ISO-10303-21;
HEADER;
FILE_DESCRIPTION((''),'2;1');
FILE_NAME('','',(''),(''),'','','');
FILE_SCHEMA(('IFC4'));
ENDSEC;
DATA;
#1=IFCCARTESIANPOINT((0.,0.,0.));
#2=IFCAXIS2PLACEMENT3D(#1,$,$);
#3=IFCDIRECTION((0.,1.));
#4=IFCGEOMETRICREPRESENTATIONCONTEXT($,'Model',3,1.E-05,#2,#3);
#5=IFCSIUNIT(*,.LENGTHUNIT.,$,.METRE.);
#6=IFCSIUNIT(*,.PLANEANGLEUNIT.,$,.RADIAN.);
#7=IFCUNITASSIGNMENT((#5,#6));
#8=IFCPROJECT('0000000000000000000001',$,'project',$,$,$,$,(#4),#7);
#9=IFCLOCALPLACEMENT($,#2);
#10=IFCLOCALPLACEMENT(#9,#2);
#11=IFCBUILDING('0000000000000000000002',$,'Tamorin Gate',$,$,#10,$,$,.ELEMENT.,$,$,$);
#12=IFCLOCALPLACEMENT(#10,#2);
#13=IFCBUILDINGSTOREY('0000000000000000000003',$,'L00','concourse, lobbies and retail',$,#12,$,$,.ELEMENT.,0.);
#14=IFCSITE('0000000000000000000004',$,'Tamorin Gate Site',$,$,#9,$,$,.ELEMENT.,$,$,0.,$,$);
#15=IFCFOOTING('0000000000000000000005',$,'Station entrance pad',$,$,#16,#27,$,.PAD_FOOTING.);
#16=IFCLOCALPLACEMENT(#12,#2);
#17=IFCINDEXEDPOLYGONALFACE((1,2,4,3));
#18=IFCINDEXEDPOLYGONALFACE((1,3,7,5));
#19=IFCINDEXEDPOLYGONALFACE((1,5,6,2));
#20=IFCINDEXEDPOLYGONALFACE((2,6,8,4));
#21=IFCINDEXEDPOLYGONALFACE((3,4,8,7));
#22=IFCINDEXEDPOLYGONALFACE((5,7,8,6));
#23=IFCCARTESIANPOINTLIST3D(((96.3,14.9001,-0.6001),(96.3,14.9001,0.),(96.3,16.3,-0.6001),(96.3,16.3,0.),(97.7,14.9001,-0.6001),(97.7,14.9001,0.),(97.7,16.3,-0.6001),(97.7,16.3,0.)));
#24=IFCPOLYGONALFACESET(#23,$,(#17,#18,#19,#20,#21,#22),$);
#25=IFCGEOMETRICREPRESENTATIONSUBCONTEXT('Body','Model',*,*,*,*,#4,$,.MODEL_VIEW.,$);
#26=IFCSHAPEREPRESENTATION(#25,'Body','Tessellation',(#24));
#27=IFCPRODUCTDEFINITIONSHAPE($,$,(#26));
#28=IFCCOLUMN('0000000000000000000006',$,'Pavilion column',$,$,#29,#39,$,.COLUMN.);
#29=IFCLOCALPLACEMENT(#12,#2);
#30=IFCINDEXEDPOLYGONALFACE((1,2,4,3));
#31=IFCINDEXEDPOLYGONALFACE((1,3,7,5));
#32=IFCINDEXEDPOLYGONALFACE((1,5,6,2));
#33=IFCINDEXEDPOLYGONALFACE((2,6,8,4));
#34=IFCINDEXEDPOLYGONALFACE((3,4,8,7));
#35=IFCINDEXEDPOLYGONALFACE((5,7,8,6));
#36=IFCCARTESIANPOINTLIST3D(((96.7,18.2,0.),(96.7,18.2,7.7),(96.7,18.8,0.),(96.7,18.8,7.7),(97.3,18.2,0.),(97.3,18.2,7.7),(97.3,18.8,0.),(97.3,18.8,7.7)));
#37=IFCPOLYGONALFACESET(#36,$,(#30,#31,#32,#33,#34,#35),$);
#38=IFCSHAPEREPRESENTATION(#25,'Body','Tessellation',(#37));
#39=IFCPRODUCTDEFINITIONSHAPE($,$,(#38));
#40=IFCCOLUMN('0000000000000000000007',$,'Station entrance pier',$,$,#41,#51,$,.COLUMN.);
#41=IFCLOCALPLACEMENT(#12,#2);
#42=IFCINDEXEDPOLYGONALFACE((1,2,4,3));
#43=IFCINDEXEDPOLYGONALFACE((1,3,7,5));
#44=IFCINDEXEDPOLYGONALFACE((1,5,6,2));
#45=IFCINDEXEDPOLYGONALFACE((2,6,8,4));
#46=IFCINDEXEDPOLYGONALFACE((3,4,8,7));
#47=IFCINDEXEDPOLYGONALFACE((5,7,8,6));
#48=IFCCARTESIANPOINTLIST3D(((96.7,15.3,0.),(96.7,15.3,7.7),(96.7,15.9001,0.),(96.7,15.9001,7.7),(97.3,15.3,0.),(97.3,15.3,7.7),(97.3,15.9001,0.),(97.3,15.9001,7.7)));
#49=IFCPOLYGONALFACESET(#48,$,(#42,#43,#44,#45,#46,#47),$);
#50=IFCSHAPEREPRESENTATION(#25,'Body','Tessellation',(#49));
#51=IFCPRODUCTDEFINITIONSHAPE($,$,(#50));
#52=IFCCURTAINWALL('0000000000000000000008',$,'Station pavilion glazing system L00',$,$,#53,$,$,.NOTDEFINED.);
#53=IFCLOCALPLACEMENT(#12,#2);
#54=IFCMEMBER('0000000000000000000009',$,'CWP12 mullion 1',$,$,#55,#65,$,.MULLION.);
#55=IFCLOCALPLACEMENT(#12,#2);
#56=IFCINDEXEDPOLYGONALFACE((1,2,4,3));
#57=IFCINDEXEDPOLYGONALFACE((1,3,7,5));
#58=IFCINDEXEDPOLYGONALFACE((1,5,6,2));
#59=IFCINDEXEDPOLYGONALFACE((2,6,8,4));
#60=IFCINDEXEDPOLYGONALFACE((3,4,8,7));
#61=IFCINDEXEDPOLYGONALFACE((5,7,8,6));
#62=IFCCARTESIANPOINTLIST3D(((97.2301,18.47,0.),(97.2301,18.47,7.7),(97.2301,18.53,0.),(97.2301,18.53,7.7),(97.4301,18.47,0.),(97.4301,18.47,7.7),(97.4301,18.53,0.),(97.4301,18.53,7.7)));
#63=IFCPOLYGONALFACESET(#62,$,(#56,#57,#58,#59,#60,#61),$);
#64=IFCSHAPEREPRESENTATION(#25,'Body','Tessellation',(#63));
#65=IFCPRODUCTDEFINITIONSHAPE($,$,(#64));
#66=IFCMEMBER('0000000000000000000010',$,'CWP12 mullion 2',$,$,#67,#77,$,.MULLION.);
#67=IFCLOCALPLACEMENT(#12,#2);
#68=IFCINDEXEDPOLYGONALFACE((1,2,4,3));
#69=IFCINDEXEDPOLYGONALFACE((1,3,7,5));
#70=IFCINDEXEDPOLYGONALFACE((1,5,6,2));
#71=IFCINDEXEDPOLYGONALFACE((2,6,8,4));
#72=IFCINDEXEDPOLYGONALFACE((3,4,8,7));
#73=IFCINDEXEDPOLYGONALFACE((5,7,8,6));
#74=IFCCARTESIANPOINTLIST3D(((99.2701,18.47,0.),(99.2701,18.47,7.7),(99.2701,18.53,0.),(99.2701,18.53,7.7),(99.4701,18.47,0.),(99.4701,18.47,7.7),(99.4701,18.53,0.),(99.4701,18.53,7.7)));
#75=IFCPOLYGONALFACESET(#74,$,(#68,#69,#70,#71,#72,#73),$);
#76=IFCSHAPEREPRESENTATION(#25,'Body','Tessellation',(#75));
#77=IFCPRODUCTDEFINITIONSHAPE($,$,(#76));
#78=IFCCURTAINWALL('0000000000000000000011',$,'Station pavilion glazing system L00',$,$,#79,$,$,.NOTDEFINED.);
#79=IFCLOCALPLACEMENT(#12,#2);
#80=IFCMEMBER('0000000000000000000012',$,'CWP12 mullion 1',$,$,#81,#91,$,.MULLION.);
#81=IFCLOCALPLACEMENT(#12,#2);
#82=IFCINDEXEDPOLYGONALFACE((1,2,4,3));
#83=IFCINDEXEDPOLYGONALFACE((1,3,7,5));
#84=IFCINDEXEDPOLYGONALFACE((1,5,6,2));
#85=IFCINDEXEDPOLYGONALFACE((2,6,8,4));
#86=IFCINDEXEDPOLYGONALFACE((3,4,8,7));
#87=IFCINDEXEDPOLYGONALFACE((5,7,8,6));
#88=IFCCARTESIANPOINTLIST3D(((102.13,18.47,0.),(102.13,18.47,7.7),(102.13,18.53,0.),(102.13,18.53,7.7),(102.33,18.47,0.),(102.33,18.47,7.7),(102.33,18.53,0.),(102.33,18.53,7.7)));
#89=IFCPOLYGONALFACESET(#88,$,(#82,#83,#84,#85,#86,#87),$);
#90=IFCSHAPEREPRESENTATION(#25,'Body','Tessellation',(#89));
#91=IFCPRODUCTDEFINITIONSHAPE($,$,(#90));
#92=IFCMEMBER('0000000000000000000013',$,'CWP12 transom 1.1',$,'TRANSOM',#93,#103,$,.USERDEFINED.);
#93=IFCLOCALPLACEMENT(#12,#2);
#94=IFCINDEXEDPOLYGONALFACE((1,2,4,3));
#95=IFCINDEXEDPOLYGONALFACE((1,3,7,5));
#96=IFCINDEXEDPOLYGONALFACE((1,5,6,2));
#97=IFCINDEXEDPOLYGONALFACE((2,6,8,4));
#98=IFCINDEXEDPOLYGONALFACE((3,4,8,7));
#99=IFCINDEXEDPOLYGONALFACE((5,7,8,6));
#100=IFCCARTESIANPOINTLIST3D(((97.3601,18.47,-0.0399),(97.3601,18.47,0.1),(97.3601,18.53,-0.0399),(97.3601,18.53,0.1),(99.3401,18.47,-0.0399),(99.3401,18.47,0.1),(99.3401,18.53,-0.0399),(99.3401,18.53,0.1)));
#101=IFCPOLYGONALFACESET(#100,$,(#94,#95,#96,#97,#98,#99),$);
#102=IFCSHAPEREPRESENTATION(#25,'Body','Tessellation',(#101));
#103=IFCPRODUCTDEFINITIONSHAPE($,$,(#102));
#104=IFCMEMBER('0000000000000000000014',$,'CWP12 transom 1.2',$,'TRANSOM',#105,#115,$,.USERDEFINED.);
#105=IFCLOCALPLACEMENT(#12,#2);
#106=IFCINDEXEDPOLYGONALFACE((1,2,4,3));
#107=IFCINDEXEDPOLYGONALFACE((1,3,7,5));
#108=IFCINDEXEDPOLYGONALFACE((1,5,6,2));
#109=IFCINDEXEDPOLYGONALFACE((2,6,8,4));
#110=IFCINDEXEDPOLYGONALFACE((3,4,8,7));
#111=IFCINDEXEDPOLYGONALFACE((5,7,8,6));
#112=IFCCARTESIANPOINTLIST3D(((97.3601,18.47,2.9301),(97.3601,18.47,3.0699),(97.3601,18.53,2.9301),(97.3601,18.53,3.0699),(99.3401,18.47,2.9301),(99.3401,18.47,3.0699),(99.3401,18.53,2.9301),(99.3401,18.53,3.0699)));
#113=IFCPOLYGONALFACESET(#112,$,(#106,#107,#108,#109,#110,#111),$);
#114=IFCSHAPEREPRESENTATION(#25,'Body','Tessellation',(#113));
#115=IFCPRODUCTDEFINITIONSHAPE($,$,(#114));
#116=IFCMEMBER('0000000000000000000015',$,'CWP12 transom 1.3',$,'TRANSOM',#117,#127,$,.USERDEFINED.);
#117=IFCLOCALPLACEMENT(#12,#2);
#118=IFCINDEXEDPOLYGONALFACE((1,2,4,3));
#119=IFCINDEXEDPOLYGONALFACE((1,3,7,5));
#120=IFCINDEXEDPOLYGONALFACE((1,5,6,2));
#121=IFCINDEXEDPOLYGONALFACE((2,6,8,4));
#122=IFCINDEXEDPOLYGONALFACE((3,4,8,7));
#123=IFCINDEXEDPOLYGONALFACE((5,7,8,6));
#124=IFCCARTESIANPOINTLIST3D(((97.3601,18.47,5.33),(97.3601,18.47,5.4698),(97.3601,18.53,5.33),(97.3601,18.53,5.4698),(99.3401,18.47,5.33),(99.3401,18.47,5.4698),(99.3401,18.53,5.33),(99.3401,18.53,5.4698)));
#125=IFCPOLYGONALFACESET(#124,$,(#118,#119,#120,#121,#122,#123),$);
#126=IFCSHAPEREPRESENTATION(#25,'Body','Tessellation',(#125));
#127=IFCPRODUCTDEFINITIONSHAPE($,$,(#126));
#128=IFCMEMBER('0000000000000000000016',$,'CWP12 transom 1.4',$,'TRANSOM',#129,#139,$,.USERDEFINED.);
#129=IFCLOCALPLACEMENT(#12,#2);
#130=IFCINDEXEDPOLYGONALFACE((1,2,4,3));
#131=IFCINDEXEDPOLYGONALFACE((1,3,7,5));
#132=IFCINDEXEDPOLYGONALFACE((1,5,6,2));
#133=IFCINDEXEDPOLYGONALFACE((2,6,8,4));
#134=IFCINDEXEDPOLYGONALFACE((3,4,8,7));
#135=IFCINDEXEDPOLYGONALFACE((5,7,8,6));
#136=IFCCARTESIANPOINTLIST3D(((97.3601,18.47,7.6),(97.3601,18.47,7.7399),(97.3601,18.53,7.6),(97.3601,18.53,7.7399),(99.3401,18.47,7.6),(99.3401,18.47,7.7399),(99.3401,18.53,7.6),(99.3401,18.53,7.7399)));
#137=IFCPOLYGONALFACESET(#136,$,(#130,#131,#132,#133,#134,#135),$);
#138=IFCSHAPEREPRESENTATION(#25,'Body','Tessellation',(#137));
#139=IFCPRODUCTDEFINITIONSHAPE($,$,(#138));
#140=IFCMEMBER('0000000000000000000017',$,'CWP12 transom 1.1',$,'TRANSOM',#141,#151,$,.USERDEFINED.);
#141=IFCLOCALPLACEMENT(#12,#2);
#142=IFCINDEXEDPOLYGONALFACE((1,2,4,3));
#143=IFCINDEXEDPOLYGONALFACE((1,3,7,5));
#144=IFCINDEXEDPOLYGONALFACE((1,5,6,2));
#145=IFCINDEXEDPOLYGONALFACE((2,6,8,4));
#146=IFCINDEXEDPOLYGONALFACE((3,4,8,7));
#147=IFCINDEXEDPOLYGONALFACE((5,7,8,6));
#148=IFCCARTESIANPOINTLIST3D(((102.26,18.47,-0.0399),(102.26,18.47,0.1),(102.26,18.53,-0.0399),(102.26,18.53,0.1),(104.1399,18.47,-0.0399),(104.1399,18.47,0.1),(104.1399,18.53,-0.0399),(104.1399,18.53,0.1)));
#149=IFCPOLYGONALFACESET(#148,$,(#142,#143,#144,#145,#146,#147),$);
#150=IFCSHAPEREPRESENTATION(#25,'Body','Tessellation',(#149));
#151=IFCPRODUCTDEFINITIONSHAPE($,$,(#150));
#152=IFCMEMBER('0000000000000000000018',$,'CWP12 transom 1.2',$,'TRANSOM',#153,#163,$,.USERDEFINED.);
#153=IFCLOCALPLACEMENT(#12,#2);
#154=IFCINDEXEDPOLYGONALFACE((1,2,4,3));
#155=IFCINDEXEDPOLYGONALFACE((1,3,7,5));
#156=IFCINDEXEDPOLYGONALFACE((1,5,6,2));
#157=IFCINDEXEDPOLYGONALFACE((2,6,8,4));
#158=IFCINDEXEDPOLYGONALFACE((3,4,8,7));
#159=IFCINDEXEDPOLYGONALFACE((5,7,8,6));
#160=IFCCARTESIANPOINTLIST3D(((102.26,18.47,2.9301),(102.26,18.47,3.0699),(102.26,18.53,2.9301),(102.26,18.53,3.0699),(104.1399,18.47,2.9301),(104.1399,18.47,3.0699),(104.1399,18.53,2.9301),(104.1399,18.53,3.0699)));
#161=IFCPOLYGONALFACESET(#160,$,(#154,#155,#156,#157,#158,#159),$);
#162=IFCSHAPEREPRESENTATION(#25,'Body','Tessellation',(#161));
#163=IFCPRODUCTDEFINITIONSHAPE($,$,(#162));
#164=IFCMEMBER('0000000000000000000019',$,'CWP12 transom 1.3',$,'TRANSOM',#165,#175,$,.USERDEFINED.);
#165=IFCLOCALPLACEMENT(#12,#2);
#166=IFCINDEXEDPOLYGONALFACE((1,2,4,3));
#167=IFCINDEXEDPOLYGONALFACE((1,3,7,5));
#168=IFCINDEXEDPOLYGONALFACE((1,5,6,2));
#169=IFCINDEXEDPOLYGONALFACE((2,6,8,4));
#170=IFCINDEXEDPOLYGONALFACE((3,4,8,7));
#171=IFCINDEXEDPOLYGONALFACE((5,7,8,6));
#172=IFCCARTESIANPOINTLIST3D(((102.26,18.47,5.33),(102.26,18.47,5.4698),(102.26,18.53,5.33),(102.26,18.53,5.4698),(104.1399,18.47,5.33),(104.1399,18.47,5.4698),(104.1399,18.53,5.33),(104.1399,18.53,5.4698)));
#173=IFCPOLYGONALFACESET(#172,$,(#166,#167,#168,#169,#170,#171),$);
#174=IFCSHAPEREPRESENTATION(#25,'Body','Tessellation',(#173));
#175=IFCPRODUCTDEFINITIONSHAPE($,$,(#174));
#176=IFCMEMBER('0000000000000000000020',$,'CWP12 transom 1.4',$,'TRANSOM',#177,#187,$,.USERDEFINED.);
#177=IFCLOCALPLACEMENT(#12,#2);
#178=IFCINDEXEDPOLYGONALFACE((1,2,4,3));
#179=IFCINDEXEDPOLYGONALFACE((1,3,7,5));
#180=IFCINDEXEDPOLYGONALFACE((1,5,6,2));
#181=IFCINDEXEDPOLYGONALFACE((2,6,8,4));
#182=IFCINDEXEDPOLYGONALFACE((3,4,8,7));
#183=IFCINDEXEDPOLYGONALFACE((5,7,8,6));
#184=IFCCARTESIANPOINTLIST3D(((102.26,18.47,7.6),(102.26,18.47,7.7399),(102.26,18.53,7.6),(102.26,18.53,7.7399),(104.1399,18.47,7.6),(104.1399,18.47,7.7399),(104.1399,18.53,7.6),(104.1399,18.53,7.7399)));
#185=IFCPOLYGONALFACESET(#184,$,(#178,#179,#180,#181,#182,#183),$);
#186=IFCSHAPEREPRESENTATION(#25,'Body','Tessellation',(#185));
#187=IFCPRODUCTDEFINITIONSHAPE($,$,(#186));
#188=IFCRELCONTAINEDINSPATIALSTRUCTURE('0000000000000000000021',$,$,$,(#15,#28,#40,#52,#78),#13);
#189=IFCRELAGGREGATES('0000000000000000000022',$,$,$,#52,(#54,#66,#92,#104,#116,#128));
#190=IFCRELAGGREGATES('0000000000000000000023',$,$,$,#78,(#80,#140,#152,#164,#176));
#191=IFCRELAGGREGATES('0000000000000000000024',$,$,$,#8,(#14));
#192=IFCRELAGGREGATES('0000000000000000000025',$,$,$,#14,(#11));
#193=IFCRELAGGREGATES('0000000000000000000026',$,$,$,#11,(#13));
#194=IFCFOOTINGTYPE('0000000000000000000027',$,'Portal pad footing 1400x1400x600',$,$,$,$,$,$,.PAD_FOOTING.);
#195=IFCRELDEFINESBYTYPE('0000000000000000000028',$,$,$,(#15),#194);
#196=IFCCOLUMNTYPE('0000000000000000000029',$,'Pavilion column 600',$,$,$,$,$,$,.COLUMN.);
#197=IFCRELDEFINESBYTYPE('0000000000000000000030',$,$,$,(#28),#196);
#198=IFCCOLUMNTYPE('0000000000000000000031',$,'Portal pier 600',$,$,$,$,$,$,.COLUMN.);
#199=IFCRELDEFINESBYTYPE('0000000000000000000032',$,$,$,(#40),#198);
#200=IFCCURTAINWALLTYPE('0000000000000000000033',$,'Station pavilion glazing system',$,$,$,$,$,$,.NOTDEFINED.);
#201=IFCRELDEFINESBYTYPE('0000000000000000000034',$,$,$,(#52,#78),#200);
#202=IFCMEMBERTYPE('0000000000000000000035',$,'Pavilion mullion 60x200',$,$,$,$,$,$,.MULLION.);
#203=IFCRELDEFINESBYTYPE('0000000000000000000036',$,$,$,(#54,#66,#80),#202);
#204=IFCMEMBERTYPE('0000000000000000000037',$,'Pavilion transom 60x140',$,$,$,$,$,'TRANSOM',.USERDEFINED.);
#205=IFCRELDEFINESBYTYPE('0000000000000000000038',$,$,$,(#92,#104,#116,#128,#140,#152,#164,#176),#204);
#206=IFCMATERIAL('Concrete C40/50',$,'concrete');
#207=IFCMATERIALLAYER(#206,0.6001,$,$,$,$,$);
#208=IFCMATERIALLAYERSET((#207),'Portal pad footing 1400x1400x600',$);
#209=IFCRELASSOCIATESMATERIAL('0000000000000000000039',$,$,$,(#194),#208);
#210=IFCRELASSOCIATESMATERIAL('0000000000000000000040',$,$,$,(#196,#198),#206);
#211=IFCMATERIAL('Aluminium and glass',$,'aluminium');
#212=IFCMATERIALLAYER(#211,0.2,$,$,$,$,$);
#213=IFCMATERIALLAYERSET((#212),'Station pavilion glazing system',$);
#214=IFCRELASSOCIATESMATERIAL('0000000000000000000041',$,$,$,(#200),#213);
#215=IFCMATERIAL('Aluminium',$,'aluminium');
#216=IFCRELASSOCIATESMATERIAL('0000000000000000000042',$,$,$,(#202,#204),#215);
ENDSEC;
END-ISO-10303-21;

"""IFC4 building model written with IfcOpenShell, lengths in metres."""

from ifc_helpers import new_model, si_unit, direction, frame, origin, origin_2d, place, context, subcontext, project, spatial, rectangle, extrude, material, layer, layer_set, material_profile, profile_set, type_object, element, aggregate, save


model = new_model("IFC4")

# Units and contexts
model_context = context("Model", 3, precision=1e-05, world=origin(), true_north=direction((0.0, 1.0)))
body_context = subcontext(model_context, "Body", "Model", "MODEL_VIEW")
ifc_project = project(units=[si_unit("LENGTHUNIT", "METRE"), si_unit("PLANEANGLEUNIT", "RADIAN")], contexts=[model_context])

# Site, building, storey
site_placement = place(None, origin())
site = spatial("IfcSite", under=ifc_project, at=site_placement, Name="Tamorin Gate Site", CompositionType="ELEMENT", RefElevation=0.0)
building_placement = place(site_placement, origin())
building = spatial("IfcBuilding", under=site, at=building_placement, Name="Tamorin Gate", CompositionType="ELEMENT")
storey_placement = place(building_placement, origin())
storey = spatial("IfcBuildingStorey", under=building, at=storey_placement, Name="L00", Description="concourse, lobbies and retail", CompositionType="ELEMENT", Elevation=0.0)

# Footing
ifc_material_1 = material(Name="Concrete C40/50", Category="concrete")
ifc_layer_1 = layer(ifc_material_1, 0.6001)
ifc_layer_set_1 = layer_set([ifc_layer_1], Name="Portal pad footing 1400x1400x600")
footing_type = type_object("IfcFootingType", Name="Portal pad footing 1400x1400x600", PredefinedType="PAD_FOOTING", material=ifc_layer_set_1)
footing_placement = place(storey_placement, frame((97.0, 15.6001, -0.6001), z_axis=(0.0, 0.0, 1.0), x_axis=(1.0, 0.0, 0.0)))
element("IfcFooting", 1, at=footing_placement, inside=storey, type_object=footing_type, Name="Station entrance pad", PredefinedType="PAD_FOOTING", context=body_context, shape_type="SweptSolid", body=[
    extrude(rectangle(XDim=1.3999, YDim=1.3999, at=origin_2d()), origin(), (0.0, 0.0, 1.0), 0.6001),
])

# Columns
ifc_material_profile_1 = material_profile(ifc_material_1, rectangle(XDim=0.6001, YDim=0.6001, at=origin_2d()))
ifc_profile_set_1 = profile_set([ifc_material_profile_1], Name="Concrete C40/50")
column_type_1 = type_object("IfcColumnType", Name="Pavilion column 600", PredefinedType="COLUMN", material=ifc_profile_set_1)
column_1_placement = place(storey_placement, frame((97.0, 18.5, 0.0), z_axis=(0.0, 0.0, 1.0), x_axis=(1.0, 0.0, 0.0)))
element("IfcColumn", 2, at=column_1_placement, inside=storey, type_object=column_type_1, Name="Pavilion column", PredefinedType="COLUMN", context=body_context, shape_type="SweptSolid", body=[
    extrude(rectangle(XDim=0.6001, YDim=0.6001, at=origin_2d()), origin(), (0.0, 0.0, 1.0), 7.7),
])
ifc_material_profile_2 = material_profile(ifc_material_1, rectangle(XDim=0.6001, YDim=0.6001, at=origin_2d()), Name="RC 600x600")
ifc_profile_set_2 = profile_set([ifc_material_profile_2], Name="Concrete C40/50")
column_type_2 = type_object("IfcColumnType", Name="Portal pier 600", PredefinedType="COLUMN", material=ifc_profile_set_2)
column_2_placement = place(storey_placement, frame((97.0, 15.6001, 0.0), z_axis=(0.0, 0.0, 1.0), x_axis=(1.0, 0.0, 0.0)))
element("IfcColumn", 3, at=column_2_placement, inside=storey, type_object=column_type_2, Name="Station entrance pier", PredefinedType="COLUMN", context=body_context, shape_type="SweptSolid", body=[
    extrude(rectangle(XDim=0.6001, YDim=0.6001, at=origin_2d()), origin(), (0.0, 0.0, 1.0), 7.7),
])

# Curtain wall, members
ifc_material_2 = material(Name="Aluminium and glass", Category="aluminium")
ifc_layer_2 = layer(ifc_material_2, 0.2)
ifc_layer_set_2 = layer_set([ifc_layer_2], Name="Station pavilion glazing system")
curtain_wall_type = type_object("IfcCurtainWallType", Name="Station pavilion glazing system", PredefinedType="NOTDEFINED", material=ifc_layer_set_2)
curtain_wall_1_placement = place(storey_placement, origin())
curtain_wall_1 = element("IfcCurtainWall", 4, at=curtain_wall_1_placement, inside=storey, type_object=curtain_wall_type, Name="Station pavilion glazing system L00", PredefinedType="NOTDEFINED")
ifc_material_3 = material(Name="Aluminium", Category="aluminium")
ifc_material_profile_3 = material_profile(ifc_material_3, rectangle(XDim=0.0601, YDim=0.2, at=origin_2d()), Name="RECT 60x200")
ifc_profile_set_3 = profile_set([ifc_material_profile_3], Name="Aluminium")
member_type_1 = type_object("IfcMemberType", Name="Pavilion mullion 60x200", PredefinedType="MULLION", material=ifc_profile_set_3)
member_1_placement = place(storey_placement, frame((97.3301, 18.5, 0.0), z_axis=(0.0, 0.0, 1.0), x_axis=(0.0, 1.0, 0.0)))
member_1 = element("IfcMember", 5, at=member_1_placement, type_object=member_type_1, Name="CWP12 mullion 1", PredefinedType="MULLION", context=body_context, shape_type="SweptSolid", body=[
    extrude(rectangle(XDim=0.0601, YDim=0.2, at=origin_2d()), origin(), (0.0, 0.0, 1.0), 7.7),
])
member_2_placement = place(storey_placement, frame((99.3701, 18.5, 0.0), z_axis=(0.0, 0.0, 1.0), x_axis=(0.0, 1.0, 0.0)))
member_2 = element("IfcMember", 6, at=member_2_placement, type_object=member_type_1, Name="CWP12 mullion 2", PredefinedType="MULLION", context=body_context, shape_type="SweptSolid", body=[
    extrude(rectangle(XDim=0.0601, YDim=0.2, at=origin_2d()), origin(), (0.0, 0.0, 1.0), 7.7),
])

# Curtain wall, member
curtain_wall_2_placement = place(storey_placement, origin())
curtain_wall_2 = element("IfcCurtainWall", 7, at=curtain_wall_2_placement, inside=storey, type_object=curtain_wall_type, Name="Station pavilion glazing system L00", PredefinedType="NOTDEFINED")
member_3_placement = place(storey_placement, frame((102.23, 18.5, 0.0), z_axis=(0.0, 0.0, 1.0), x_axis=(0.0, 1.0, 0.0)))
member_3 = element("IfcMember", 8, at=member_3_placement, type_object=member_type_1, Name="CWP12 mullion 1", PredefinedType="MULLION", context=body_context, shape_type="SweptSolid", body=[
    extrude(rectangle(XDim=0.0601, YDim=0.2, at=origin_2d()), origin(), (0.0, 0.0, 1.0), 7.7),
])

# Members
ifc_material_profile_4 = material_profile(ifc_material_3, rectangle(XDim=0.0601, YDim=0.1399, at=origin_2d()), Name="RECT 60x140")
ifc_profile_set_4 = profile_set([ifc_material_profile_4], Name="Aluminium")
member_type_2 = type_object("IfcMemberType", Name="Pavilion transom 60x140", ElementType="TRANSOM", PredefinedType="USERDEFINED", material=ifc_profile_set_4)
member_4_placement = place(storey_placement, frame((97.3601, 18.5, 0.03), z_axis=(1.0, 0.0, 0.0), x_axis=(0.0, 1.0, 0.0)))
member_4 = element("IfcMember", 9, at=member_4_placement, type_object=member_type_2, Name="CWP12 transom 1.1", ObjectType="TRANSOM", PredefinedType="USERDEFINED", context=body_context, shape_type="SweptSolid", body=[
    extrude(rectangle(XDim=0.0601, YDim=0.1399, at=origin_2d()), origin(), (0.0, 0.0, 1.0), 1.98),
])
member_5_placement = place(storey_placement, frame((97.3601, 18.5, 3.0), z_axis=(1.0, 0.0, 0.0), x_axis=(0.0, 1.0, 0.0)))
member_5 = element("IfcMember", 10, at=member_5_placement, type_object=member_type_2, Name="CWP12 transom 1.2", ObjectType="TRANSOM", PredefinedType="USERDEFINED", context=body_context, shape_type="SweptSolid", body=[
    extrude(rectangle(XDim=0.0601, YDim=0.1399, at=origin_2d()), origin(), (0.0, 0.0, 1.0), 1.98),
])
member_6_placement = place(storey_placement, frame((97.3601, 18.5, 5.3999), z_axis=(1.0, 0.0, 0.0), x_axis=(0.0, 1.0, 0.0)))
member_6 = element("IfcMember", 11, at=member_6_placement, type_object=member_type_2, Name="CWP12 transom 1.3", ObjectType="TRANSOM", PredefinedType="USERDEFINED", context=body_context, shape_type="SweptSolid", body=[
    extrude(rectangle(XDim=0.0601, YDim=0.1399, at=origin_2d()), origin(), (0.0, 0.0, 1.0), 1.98),
])
member_7_placement = place(storey_placement, frame((97.3601, 18.5, 7.6699), z_axis=(1.0, 0.0, 0.0), x_axis=(0.0, 1.0, 0.0)))
member_7 = element("IfcMember", 12, at=member_7_placement, type_object=member_type_2, Name="CWP12 transom 1.4", ObjectType="TRANSOM", PredefinedType="USERDEFINED", context=body_context, shape_type="SweptSolid", body=[
    extrude(rectangle(XDim=0.0601, YDim=0.1399, at=origin_2d()), origin(), (0.0, 0.0, 1.0), 1.98),
])
member_8_placement = place(storey_placement, frame((102.26, 18.5, 0.03), z_axis=(1.0, 0.0, 0.0), x_axis=(0.0, 1.0, 0.0)))
member_8 = element("IfcMember", 13, at=member_8_placement, type_object=member_type_2, Name="CWP12 transom 1.1", ObjectType="TRANSOM", PredefinedType="USERDEFINED", context=body_context, shape_type="SweptSolid", body=[
    extrude(rectangle(XDim=0.0601, YDim=0.1399, at=origin_2d()), origin(), (0.0, 0.0, 1.0), 1.8799),
])
member_9_placement = place(storey_placement, frame((102.26, 18.5, 3.0), z_axis=(1.0, 0.0, 0.0), x_axis=(0.0, 1.0, 0.0)))
member_9 = element("IfcMember", 14, at=member_9_placement, type_object=member_type_2, Name="CWP12 transom 1.2", ObjectType="TRANSOM", PredefinedType="USERDEFINED", context=body_context, shape_type="SweptSolid", body=[
    extrude(rectangle(XDim=0.0601, YDim=0.1399, at=origin_2d()), origin(), (0.0, 0.0, 1.0), 1.8799),
])
member_10_placement = place(storey_placement, frame((102.26, 18.5, 5.3999), z_axis=(1.0, 0.0, 0.0), x_axis=(0.0, 1.0, 0.0)))
member_10 = element("IfcMember", 15, at=member_10_placement, type_object=member_type_2, Name="CWP12 transom 1.3", ObjectType="TRANSOM", PredefinedType="USERDEFINED", context=body_context, shape_type="SweptSolid", body=[
    extrude(rectangle(XDim=0.0601, YDim=0.1399, at=origin_2d()), origin(), (0.0, 0.0, 1.0), 1.8799),
])
member_11_placement = place(storey_placement, frame((102.26, 18.5, 7.6699), z_axis=(1.0, 0.0, 0.0), x_axis=(0.0, 1.0, 0.0)))
member_11 = element("IfcMember", 16, at=member_11_placement, type_object=member_type_2, Name="CWP12 transom 1.4", ObjectType="TRANSOM", PredefinedType="USERDEFINED", context=body_context, shape_type="SweptSolid", body=[
    extrude(rectangle(XDim=0.0601, YDim=0.1399, at=origin_2d()), origin(), (0.0, 0.0, 1.0), 1.8799),
])

aggregate(curtain_wall_1, [member_1, member_2, member_4, member_5, member_6, member_7])
aggregate(curtain_wall_2, [member_3, member_8, member_9, member_10, member_11])

save(model, "model.ifc")
